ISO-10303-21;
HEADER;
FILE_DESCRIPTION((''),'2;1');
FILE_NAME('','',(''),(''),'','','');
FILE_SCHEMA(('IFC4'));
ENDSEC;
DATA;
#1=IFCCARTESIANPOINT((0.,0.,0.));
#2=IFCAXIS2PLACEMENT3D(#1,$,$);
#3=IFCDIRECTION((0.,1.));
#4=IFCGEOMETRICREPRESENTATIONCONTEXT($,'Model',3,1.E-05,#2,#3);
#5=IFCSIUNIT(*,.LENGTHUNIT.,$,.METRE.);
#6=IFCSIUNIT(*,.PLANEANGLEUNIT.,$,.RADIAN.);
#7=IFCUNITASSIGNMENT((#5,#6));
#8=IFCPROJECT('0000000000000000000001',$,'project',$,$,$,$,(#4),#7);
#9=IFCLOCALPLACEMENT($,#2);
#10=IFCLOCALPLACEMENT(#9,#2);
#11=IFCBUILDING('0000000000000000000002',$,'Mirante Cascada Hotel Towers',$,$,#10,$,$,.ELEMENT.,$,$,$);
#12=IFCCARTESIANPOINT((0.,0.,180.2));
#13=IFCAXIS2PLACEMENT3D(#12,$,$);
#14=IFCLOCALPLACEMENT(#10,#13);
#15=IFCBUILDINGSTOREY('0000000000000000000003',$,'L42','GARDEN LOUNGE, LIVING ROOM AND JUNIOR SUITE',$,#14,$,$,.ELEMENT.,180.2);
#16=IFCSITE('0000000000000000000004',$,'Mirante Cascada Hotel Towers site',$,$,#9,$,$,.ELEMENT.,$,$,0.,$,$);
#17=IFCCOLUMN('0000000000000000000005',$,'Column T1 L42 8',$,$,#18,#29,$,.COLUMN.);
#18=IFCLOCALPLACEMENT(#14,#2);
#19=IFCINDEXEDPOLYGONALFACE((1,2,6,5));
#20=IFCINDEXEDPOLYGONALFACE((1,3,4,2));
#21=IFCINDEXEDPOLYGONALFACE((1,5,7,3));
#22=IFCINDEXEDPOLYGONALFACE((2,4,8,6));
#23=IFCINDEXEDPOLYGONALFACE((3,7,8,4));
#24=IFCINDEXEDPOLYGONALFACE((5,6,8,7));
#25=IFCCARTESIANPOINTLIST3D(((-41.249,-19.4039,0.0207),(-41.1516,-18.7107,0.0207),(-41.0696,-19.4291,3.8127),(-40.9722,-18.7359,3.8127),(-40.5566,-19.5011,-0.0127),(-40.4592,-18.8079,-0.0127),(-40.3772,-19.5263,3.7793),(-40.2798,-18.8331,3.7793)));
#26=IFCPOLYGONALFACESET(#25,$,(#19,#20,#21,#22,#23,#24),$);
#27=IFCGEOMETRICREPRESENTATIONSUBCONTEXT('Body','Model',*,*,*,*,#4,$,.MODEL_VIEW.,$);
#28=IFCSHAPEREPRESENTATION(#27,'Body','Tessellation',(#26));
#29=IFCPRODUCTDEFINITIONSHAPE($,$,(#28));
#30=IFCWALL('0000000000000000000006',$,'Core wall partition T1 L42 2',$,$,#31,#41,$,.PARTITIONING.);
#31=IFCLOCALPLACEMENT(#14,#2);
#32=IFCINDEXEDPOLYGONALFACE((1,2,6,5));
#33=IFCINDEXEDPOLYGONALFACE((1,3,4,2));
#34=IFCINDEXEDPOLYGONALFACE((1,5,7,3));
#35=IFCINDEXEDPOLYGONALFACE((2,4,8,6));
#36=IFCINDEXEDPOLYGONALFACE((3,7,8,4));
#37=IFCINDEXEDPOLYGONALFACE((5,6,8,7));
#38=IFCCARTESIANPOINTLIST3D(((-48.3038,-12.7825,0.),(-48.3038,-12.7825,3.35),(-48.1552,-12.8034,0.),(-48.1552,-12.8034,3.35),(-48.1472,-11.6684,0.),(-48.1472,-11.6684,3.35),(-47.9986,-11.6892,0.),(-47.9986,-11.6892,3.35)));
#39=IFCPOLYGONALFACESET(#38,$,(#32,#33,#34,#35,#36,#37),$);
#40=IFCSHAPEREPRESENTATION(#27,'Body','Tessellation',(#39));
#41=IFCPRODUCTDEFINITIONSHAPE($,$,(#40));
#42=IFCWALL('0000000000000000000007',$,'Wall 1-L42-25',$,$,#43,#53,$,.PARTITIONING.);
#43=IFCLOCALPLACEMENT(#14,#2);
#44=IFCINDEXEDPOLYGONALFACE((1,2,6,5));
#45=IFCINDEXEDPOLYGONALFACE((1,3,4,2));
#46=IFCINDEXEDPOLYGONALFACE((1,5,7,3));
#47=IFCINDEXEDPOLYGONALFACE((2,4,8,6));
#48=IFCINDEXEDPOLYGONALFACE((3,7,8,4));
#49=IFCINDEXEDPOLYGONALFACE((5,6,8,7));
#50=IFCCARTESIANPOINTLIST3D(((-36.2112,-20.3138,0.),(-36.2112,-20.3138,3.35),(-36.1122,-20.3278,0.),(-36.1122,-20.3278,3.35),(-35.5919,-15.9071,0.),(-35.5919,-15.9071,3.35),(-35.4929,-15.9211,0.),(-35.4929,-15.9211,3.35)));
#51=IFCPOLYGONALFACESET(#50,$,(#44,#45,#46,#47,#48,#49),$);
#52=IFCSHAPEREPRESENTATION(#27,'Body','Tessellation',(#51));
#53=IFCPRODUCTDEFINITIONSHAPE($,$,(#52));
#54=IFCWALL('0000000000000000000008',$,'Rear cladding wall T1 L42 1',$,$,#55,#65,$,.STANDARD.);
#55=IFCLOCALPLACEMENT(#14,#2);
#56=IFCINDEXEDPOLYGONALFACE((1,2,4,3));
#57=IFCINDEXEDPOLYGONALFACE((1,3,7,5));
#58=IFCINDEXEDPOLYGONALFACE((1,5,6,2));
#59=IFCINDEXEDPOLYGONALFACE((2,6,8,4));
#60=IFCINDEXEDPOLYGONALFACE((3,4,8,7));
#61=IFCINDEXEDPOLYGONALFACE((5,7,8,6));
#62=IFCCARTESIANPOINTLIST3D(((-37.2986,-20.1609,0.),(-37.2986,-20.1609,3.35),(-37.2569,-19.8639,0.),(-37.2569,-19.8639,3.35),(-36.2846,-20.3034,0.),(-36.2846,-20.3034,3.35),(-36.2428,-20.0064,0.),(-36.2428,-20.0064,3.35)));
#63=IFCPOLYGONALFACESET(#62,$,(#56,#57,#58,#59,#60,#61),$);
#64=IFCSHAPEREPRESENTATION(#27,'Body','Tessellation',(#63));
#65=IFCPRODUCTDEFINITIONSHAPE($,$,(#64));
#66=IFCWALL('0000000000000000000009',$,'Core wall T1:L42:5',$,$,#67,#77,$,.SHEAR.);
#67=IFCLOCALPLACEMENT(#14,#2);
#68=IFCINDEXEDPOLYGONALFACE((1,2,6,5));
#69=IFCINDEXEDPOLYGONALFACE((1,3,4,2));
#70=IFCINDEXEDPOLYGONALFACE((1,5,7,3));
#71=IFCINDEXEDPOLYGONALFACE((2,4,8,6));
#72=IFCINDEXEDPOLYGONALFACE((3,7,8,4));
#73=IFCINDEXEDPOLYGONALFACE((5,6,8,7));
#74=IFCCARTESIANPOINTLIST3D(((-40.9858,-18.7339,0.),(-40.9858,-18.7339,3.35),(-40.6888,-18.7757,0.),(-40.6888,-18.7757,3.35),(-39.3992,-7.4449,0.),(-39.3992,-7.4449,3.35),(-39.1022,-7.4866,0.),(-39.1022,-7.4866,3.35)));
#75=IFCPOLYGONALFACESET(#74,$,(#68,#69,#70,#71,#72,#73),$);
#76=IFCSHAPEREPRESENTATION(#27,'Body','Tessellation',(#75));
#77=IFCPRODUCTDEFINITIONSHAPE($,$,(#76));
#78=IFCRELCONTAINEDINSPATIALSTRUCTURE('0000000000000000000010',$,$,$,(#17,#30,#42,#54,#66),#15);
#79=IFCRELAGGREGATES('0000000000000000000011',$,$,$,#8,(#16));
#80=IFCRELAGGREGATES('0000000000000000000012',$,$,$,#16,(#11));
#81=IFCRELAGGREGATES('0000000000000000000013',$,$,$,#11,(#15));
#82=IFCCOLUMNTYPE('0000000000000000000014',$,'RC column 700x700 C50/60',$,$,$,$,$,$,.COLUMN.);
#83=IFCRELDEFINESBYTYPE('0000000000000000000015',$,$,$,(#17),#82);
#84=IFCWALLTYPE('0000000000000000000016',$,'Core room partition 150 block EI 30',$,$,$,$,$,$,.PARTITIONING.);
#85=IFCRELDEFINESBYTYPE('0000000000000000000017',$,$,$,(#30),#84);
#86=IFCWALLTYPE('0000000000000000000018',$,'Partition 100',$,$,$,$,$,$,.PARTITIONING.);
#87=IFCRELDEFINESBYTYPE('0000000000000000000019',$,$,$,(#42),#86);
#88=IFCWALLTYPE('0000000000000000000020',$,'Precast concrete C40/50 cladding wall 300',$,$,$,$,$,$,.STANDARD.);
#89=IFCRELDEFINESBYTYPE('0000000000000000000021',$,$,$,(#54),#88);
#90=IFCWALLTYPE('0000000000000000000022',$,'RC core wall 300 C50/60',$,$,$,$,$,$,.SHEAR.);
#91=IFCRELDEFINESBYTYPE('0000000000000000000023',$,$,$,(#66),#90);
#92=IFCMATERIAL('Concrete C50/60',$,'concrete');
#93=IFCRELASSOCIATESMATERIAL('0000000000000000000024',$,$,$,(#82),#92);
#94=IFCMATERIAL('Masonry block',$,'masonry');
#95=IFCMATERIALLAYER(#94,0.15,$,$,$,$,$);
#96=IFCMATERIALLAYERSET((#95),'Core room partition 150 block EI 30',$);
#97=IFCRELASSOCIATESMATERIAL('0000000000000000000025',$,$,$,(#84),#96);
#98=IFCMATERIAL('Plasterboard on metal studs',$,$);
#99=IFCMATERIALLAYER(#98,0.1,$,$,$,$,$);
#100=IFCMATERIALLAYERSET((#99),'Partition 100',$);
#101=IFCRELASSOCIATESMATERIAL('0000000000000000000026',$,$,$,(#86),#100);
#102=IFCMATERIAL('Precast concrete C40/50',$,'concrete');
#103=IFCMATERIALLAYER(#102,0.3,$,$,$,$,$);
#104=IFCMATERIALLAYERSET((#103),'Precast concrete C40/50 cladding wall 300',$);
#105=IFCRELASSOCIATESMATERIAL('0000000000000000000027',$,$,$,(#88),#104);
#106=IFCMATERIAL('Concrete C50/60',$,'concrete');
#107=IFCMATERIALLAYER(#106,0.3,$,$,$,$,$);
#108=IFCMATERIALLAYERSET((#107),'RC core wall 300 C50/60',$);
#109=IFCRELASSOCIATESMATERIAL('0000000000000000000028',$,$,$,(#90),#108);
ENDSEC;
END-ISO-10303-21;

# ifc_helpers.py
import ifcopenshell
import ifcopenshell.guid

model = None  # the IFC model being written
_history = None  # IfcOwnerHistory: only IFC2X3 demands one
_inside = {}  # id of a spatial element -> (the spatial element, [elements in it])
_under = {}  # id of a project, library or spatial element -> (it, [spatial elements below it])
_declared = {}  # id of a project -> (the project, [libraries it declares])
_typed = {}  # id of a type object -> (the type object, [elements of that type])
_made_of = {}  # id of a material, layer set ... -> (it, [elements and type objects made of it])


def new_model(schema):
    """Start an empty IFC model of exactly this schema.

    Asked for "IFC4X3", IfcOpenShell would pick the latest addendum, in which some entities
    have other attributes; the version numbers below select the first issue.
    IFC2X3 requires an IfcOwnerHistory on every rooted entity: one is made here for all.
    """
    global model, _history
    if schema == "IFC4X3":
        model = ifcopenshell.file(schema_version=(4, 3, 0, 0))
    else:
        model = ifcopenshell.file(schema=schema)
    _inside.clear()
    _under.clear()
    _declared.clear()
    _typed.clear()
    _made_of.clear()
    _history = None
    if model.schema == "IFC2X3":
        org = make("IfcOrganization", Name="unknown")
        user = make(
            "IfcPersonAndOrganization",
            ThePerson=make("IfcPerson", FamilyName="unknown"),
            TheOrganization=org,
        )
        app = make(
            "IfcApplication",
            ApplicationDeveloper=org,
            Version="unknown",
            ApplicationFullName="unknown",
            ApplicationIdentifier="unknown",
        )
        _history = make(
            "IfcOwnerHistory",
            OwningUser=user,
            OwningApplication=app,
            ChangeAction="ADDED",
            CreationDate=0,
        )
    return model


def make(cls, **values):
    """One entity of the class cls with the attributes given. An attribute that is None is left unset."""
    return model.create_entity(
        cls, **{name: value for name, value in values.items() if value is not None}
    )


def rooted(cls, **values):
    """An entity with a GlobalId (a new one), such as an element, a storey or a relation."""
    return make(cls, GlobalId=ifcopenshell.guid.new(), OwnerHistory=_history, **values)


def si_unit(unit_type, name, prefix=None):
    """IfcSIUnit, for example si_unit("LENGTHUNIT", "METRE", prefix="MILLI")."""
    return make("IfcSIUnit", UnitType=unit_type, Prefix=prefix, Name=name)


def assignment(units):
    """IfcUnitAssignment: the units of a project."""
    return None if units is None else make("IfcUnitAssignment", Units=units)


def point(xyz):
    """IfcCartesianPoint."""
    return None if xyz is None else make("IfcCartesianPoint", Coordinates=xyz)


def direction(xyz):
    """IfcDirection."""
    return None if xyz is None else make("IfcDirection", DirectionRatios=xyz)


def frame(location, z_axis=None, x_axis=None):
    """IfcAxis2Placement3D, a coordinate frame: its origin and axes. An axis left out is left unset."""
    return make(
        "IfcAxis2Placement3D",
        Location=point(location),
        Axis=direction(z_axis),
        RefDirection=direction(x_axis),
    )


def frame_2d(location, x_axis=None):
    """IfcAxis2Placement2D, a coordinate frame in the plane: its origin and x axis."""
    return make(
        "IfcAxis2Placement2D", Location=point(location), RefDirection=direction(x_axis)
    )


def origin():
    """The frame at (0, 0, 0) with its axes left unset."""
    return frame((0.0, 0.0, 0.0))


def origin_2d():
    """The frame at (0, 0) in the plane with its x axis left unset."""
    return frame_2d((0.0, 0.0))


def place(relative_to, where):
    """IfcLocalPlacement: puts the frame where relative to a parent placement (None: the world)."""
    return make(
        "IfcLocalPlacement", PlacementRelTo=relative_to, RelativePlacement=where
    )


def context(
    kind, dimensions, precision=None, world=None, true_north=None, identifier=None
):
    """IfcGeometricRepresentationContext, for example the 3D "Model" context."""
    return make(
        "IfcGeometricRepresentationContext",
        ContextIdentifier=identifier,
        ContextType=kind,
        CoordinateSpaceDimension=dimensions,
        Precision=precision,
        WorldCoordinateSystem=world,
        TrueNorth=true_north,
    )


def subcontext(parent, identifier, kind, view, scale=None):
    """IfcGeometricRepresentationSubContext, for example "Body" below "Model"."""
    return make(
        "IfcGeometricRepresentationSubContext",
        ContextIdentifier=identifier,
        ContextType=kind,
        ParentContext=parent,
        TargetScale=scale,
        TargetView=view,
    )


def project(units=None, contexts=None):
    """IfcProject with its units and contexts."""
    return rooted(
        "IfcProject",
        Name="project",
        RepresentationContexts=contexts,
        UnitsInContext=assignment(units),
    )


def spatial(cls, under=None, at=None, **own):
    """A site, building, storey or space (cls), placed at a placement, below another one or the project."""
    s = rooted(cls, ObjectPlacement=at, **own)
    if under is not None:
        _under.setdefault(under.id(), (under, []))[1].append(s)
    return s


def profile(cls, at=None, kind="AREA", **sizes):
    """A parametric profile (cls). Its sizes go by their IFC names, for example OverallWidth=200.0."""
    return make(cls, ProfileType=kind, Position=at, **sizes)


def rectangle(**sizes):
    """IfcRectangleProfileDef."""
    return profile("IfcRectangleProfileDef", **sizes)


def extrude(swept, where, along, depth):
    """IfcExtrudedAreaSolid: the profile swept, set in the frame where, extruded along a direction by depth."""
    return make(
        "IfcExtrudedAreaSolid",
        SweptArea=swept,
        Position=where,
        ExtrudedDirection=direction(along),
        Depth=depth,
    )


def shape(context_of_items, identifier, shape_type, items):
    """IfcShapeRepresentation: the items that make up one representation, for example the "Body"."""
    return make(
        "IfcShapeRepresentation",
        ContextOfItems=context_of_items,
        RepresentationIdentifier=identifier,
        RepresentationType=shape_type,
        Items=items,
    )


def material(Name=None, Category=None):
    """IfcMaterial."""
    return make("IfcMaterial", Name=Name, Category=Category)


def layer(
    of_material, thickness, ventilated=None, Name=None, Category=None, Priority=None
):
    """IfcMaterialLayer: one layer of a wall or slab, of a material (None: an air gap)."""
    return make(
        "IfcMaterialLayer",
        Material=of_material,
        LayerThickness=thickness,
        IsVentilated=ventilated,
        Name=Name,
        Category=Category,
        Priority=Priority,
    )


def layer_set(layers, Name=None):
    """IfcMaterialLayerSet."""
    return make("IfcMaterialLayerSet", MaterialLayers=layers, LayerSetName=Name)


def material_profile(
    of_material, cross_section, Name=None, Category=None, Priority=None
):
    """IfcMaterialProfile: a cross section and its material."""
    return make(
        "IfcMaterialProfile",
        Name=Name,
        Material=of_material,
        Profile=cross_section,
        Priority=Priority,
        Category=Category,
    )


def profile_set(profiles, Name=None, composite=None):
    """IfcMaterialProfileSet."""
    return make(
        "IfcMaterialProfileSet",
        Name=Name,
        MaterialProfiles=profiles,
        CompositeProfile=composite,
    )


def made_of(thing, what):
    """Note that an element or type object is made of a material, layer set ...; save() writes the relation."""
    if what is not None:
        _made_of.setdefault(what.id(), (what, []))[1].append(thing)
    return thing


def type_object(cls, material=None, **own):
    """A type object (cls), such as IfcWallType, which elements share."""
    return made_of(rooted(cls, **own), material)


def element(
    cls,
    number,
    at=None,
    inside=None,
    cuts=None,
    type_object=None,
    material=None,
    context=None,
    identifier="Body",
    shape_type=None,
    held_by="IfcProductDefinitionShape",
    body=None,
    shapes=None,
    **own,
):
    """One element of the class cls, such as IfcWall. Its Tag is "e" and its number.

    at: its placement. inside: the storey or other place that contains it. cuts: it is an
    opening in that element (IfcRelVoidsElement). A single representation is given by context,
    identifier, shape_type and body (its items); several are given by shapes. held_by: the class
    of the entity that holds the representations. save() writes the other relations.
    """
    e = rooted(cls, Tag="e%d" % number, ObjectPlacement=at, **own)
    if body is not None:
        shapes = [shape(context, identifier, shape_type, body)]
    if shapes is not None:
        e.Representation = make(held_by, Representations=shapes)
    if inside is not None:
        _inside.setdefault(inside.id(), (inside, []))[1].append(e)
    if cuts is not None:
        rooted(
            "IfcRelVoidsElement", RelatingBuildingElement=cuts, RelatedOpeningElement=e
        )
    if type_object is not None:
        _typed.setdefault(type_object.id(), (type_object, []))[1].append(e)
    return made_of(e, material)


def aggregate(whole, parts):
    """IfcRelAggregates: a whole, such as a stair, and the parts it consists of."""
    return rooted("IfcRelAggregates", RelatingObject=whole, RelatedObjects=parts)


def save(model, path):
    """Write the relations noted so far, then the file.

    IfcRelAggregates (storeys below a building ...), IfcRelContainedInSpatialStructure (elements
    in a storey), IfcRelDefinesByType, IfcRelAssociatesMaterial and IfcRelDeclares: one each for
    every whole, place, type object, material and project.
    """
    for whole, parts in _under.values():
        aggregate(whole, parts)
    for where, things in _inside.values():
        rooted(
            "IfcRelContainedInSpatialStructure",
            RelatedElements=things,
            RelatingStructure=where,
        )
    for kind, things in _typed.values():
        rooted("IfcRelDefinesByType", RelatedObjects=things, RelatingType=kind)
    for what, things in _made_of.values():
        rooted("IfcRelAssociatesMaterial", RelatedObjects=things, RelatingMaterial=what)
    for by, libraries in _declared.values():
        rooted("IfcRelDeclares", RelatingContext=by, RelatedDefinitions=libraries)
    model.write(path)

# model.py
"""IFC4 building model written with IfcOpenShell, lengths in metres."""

from ifc_helpers import new_model, si_unit, direction, frame, frame_2d, origin, origin_2d, place, context, subcontext, project, spatial, rectangle, extrude, material, layer, layer_set, material_profile, profile_set, type_object, element, save


model = new_model("IFC4")

# Units and contexts
model_context = context("Model", 3, precision=1e-05, world=origin(), true_north=direction((0.0, 1.0)))
body_context = subcontext(model_context, "Body", "Model", "MODEL_VIEW")
ifc_project = project(units=[si_unit("LENGTHUNIT", "METRE"), si_unit("PLANEANGLEUNIT", "RADIAN")], contexts=[model_context])

# Site, building, storey
site_placement = place(None, origin())
site = spatial("IfcSite", under=ifc_project, at=site_placement, Name="Mirante Cascada Hotel Towers site", CompositionType="ELEMENT", RefElevation=0.0)
building_placement = place(site_placement, origin())
building = spatial("IfcBuilding", under=site, at=building_placement, Name="Mirante Cascada Hotel Towers", CompositionType="ELEMENT")
storey_placement = place(building_placement, frame((0.0, 0.0, 180.2)))
storey = spatial("IfcBuildingStorey", under=building, at=storey_placement, Name="L42", Description="GARDEN LOUNGE, LIVING ROOM AND JUNIOR SUITE", CompositionType="ELEMENT", Elevation=180.2)

# Column
ifc_material_1 = material(Name="Concrete C50/60", Category="concrete")
ifc_material_profile = material_profile(ifc_material_1, rectangle(XDim=0.7, YDim=0.7, at=origin_2d()), Name="RC column 700x700 C50/60")
ifc_profile_set = profile_set([ifc_material_profile], Name="Concrete C50/60")
column_type = type_object("IfcColumnType", Name="RC column 700x700 C50/60", PredefinedType="COLUMN", material=ifc_profile_set)
column_placement = place(storey_placement, frame((-40.8541, -19.1059, 0.004), z_axis=(0.047256, -0.006638, 0.998861), x_axis=(0.139103, 0.990278, 0.0)))
element("IfcColumn", 1, at=column_placement, inside=storey, type_object=column_type, Name="Column T1 L42 8", PredefinedType="COLUMN", context=body_context, shape_type="SweptSolid", body=[
    extrude(rectangle(XDim=0.7, YDim=0.7, at=origin_2d()), origin(), (0.0, 0.0, 1.0), 3.7963),
])

# Walls
ifc_material_2 = material(Name="Masonry block", Category="masonry")
ifc_layer_1 = layer(ifc_material_2, 0.15)
ifc_layer_set_1 = layer_set([ifc_layer_1], Name="Core room partition 150 block EI 30")
wall_type_1 = type_object("IfcWallType", Name="Core room partition 150 block EI 30", PredefinedType="PARTITIONING", material=ifc_layer_set_1)
wall_1_placement = place(storey_placement, frame((-48.2295, -12.793, 0.0), z_axis=(0.0, 0.0, 1.0), x_axis=(0.139193, 0.990265, 0.0)))
element("IfcWall", 2, at=wall_1_placement, inside=storey, type_object=wall_type_1, Name="Core wall partition T1 L42 2", PredefinedType="PARTITIONING", context=body_context, shape_type="SweptSolid", body=[
    extrude(rectangle(XDim=1.1251, YDim=0.15, at=frame_2d((0.5626, 0.0))), origin(), (0.0, 0.0, 1.0), 3.35),
])
ifc_material_3 = material(Name="Plasterboard on metal studs")
ifc_layer_2 = layer(ifc_material_3, 0.1)
ifc_layer_set_2 = layer_set([ifc_layer_2], Name="Partition 100")
wall_type_2 = type_object("IfcWallType", Name="Partition 100", PredefinedType="PARTITIONING", material=ifc_layer_set_2)
wall_2_placement = place(storey_placement, frame((-36.1617, -20.3208, 0.0), z_axis=(0.0, 0.0, 1.0), x_axis=(0.139168, 0.990269, 0.0)))
element("IfcWall", 3, at=wall_2_placement, inside=storey, type_object=wall_type_2, Name="Wall 1-L42-25", PredefinedType="PARTITIONING", context=body_context, shape_type="SweptSolid", body=[
    extrude(rectangle(XDim=4.45, YDim=0.1, at=frame_2d((2.225, 0.0))), origin(), (0.0, 0.0, 1.0), 3.35),
])
ifc_material_4 = material(Name="Precast concrete C40/50", Category="concrete")
ifc_layer_3 = layer(ifc_material_4, 0.3)
ifc_layer_set_3 = layer_set([ifc_layer_3], Name="Precast concrete C40/50 cladding wall 300")
wall_type_3 = type_object("IfcWallType", Name="Precast concrete C40/50 cladding wall 300", PredefinedType="STANDARD", material=ifc_layer_set_3)
wall_3_placement = place(storey_placement, frame((-36.2637, -20.1549, 0.0), z_axis=(0.0, 0.0, 1.0), x_axis=(-0.990269, 0.139165, 0.0)))
element("IfcWall", 4, at=wall_3_placement, inside=storey, type_object=wall_type_3, Name="Rear cladding wall T1 L42 1", PredefinedType="STANDARD", context=body_context, shape_type="SweptSolid", body=[
    extrude(rectangle(XDim=1.024, YDim=0.3, at=frame_2d((0.512, 0.0))), origin(), (0.0, 0.0, 1.0), 3.35),
])
ifc_material_5 = material(Name="Concrete C50/60", Category="concrete")
ifc_layer_4 = layer(ifc_material_5, 0.3)
ifc_layer_set_4 = layer_set([ifc_layer_4], Name="RC core wall 300 C50/60")
wall_type_4 = type_object("IfcWallType", Name="RC core wall 300 C50/60", PredefinedType="SHEAR", material=ifc_layer_set_4)
wall_4_placement = place(storey_placement, frame((-40.8373, -18.7548, 0.0), z_axis=(0.0, 0.0, 1.0), x_axis=(0.139175, 0.990268, 0.0)))
element("IfcWall", 5, at=wall_4_placement, inside=storey, type_object=wall_type_4, Name="Core wall T1:L42:5", PredefinedType="SHEAR", context=body_context, shape_type="SweptSolid", body=[
    extrude(rectangle(XDim=11.4, YDim=0.3, at=frame_2d((5.7, 0.0))), origin(), (0.0, 0.0, 1.0), 3.35),
])

save(model, "model.ifc")
